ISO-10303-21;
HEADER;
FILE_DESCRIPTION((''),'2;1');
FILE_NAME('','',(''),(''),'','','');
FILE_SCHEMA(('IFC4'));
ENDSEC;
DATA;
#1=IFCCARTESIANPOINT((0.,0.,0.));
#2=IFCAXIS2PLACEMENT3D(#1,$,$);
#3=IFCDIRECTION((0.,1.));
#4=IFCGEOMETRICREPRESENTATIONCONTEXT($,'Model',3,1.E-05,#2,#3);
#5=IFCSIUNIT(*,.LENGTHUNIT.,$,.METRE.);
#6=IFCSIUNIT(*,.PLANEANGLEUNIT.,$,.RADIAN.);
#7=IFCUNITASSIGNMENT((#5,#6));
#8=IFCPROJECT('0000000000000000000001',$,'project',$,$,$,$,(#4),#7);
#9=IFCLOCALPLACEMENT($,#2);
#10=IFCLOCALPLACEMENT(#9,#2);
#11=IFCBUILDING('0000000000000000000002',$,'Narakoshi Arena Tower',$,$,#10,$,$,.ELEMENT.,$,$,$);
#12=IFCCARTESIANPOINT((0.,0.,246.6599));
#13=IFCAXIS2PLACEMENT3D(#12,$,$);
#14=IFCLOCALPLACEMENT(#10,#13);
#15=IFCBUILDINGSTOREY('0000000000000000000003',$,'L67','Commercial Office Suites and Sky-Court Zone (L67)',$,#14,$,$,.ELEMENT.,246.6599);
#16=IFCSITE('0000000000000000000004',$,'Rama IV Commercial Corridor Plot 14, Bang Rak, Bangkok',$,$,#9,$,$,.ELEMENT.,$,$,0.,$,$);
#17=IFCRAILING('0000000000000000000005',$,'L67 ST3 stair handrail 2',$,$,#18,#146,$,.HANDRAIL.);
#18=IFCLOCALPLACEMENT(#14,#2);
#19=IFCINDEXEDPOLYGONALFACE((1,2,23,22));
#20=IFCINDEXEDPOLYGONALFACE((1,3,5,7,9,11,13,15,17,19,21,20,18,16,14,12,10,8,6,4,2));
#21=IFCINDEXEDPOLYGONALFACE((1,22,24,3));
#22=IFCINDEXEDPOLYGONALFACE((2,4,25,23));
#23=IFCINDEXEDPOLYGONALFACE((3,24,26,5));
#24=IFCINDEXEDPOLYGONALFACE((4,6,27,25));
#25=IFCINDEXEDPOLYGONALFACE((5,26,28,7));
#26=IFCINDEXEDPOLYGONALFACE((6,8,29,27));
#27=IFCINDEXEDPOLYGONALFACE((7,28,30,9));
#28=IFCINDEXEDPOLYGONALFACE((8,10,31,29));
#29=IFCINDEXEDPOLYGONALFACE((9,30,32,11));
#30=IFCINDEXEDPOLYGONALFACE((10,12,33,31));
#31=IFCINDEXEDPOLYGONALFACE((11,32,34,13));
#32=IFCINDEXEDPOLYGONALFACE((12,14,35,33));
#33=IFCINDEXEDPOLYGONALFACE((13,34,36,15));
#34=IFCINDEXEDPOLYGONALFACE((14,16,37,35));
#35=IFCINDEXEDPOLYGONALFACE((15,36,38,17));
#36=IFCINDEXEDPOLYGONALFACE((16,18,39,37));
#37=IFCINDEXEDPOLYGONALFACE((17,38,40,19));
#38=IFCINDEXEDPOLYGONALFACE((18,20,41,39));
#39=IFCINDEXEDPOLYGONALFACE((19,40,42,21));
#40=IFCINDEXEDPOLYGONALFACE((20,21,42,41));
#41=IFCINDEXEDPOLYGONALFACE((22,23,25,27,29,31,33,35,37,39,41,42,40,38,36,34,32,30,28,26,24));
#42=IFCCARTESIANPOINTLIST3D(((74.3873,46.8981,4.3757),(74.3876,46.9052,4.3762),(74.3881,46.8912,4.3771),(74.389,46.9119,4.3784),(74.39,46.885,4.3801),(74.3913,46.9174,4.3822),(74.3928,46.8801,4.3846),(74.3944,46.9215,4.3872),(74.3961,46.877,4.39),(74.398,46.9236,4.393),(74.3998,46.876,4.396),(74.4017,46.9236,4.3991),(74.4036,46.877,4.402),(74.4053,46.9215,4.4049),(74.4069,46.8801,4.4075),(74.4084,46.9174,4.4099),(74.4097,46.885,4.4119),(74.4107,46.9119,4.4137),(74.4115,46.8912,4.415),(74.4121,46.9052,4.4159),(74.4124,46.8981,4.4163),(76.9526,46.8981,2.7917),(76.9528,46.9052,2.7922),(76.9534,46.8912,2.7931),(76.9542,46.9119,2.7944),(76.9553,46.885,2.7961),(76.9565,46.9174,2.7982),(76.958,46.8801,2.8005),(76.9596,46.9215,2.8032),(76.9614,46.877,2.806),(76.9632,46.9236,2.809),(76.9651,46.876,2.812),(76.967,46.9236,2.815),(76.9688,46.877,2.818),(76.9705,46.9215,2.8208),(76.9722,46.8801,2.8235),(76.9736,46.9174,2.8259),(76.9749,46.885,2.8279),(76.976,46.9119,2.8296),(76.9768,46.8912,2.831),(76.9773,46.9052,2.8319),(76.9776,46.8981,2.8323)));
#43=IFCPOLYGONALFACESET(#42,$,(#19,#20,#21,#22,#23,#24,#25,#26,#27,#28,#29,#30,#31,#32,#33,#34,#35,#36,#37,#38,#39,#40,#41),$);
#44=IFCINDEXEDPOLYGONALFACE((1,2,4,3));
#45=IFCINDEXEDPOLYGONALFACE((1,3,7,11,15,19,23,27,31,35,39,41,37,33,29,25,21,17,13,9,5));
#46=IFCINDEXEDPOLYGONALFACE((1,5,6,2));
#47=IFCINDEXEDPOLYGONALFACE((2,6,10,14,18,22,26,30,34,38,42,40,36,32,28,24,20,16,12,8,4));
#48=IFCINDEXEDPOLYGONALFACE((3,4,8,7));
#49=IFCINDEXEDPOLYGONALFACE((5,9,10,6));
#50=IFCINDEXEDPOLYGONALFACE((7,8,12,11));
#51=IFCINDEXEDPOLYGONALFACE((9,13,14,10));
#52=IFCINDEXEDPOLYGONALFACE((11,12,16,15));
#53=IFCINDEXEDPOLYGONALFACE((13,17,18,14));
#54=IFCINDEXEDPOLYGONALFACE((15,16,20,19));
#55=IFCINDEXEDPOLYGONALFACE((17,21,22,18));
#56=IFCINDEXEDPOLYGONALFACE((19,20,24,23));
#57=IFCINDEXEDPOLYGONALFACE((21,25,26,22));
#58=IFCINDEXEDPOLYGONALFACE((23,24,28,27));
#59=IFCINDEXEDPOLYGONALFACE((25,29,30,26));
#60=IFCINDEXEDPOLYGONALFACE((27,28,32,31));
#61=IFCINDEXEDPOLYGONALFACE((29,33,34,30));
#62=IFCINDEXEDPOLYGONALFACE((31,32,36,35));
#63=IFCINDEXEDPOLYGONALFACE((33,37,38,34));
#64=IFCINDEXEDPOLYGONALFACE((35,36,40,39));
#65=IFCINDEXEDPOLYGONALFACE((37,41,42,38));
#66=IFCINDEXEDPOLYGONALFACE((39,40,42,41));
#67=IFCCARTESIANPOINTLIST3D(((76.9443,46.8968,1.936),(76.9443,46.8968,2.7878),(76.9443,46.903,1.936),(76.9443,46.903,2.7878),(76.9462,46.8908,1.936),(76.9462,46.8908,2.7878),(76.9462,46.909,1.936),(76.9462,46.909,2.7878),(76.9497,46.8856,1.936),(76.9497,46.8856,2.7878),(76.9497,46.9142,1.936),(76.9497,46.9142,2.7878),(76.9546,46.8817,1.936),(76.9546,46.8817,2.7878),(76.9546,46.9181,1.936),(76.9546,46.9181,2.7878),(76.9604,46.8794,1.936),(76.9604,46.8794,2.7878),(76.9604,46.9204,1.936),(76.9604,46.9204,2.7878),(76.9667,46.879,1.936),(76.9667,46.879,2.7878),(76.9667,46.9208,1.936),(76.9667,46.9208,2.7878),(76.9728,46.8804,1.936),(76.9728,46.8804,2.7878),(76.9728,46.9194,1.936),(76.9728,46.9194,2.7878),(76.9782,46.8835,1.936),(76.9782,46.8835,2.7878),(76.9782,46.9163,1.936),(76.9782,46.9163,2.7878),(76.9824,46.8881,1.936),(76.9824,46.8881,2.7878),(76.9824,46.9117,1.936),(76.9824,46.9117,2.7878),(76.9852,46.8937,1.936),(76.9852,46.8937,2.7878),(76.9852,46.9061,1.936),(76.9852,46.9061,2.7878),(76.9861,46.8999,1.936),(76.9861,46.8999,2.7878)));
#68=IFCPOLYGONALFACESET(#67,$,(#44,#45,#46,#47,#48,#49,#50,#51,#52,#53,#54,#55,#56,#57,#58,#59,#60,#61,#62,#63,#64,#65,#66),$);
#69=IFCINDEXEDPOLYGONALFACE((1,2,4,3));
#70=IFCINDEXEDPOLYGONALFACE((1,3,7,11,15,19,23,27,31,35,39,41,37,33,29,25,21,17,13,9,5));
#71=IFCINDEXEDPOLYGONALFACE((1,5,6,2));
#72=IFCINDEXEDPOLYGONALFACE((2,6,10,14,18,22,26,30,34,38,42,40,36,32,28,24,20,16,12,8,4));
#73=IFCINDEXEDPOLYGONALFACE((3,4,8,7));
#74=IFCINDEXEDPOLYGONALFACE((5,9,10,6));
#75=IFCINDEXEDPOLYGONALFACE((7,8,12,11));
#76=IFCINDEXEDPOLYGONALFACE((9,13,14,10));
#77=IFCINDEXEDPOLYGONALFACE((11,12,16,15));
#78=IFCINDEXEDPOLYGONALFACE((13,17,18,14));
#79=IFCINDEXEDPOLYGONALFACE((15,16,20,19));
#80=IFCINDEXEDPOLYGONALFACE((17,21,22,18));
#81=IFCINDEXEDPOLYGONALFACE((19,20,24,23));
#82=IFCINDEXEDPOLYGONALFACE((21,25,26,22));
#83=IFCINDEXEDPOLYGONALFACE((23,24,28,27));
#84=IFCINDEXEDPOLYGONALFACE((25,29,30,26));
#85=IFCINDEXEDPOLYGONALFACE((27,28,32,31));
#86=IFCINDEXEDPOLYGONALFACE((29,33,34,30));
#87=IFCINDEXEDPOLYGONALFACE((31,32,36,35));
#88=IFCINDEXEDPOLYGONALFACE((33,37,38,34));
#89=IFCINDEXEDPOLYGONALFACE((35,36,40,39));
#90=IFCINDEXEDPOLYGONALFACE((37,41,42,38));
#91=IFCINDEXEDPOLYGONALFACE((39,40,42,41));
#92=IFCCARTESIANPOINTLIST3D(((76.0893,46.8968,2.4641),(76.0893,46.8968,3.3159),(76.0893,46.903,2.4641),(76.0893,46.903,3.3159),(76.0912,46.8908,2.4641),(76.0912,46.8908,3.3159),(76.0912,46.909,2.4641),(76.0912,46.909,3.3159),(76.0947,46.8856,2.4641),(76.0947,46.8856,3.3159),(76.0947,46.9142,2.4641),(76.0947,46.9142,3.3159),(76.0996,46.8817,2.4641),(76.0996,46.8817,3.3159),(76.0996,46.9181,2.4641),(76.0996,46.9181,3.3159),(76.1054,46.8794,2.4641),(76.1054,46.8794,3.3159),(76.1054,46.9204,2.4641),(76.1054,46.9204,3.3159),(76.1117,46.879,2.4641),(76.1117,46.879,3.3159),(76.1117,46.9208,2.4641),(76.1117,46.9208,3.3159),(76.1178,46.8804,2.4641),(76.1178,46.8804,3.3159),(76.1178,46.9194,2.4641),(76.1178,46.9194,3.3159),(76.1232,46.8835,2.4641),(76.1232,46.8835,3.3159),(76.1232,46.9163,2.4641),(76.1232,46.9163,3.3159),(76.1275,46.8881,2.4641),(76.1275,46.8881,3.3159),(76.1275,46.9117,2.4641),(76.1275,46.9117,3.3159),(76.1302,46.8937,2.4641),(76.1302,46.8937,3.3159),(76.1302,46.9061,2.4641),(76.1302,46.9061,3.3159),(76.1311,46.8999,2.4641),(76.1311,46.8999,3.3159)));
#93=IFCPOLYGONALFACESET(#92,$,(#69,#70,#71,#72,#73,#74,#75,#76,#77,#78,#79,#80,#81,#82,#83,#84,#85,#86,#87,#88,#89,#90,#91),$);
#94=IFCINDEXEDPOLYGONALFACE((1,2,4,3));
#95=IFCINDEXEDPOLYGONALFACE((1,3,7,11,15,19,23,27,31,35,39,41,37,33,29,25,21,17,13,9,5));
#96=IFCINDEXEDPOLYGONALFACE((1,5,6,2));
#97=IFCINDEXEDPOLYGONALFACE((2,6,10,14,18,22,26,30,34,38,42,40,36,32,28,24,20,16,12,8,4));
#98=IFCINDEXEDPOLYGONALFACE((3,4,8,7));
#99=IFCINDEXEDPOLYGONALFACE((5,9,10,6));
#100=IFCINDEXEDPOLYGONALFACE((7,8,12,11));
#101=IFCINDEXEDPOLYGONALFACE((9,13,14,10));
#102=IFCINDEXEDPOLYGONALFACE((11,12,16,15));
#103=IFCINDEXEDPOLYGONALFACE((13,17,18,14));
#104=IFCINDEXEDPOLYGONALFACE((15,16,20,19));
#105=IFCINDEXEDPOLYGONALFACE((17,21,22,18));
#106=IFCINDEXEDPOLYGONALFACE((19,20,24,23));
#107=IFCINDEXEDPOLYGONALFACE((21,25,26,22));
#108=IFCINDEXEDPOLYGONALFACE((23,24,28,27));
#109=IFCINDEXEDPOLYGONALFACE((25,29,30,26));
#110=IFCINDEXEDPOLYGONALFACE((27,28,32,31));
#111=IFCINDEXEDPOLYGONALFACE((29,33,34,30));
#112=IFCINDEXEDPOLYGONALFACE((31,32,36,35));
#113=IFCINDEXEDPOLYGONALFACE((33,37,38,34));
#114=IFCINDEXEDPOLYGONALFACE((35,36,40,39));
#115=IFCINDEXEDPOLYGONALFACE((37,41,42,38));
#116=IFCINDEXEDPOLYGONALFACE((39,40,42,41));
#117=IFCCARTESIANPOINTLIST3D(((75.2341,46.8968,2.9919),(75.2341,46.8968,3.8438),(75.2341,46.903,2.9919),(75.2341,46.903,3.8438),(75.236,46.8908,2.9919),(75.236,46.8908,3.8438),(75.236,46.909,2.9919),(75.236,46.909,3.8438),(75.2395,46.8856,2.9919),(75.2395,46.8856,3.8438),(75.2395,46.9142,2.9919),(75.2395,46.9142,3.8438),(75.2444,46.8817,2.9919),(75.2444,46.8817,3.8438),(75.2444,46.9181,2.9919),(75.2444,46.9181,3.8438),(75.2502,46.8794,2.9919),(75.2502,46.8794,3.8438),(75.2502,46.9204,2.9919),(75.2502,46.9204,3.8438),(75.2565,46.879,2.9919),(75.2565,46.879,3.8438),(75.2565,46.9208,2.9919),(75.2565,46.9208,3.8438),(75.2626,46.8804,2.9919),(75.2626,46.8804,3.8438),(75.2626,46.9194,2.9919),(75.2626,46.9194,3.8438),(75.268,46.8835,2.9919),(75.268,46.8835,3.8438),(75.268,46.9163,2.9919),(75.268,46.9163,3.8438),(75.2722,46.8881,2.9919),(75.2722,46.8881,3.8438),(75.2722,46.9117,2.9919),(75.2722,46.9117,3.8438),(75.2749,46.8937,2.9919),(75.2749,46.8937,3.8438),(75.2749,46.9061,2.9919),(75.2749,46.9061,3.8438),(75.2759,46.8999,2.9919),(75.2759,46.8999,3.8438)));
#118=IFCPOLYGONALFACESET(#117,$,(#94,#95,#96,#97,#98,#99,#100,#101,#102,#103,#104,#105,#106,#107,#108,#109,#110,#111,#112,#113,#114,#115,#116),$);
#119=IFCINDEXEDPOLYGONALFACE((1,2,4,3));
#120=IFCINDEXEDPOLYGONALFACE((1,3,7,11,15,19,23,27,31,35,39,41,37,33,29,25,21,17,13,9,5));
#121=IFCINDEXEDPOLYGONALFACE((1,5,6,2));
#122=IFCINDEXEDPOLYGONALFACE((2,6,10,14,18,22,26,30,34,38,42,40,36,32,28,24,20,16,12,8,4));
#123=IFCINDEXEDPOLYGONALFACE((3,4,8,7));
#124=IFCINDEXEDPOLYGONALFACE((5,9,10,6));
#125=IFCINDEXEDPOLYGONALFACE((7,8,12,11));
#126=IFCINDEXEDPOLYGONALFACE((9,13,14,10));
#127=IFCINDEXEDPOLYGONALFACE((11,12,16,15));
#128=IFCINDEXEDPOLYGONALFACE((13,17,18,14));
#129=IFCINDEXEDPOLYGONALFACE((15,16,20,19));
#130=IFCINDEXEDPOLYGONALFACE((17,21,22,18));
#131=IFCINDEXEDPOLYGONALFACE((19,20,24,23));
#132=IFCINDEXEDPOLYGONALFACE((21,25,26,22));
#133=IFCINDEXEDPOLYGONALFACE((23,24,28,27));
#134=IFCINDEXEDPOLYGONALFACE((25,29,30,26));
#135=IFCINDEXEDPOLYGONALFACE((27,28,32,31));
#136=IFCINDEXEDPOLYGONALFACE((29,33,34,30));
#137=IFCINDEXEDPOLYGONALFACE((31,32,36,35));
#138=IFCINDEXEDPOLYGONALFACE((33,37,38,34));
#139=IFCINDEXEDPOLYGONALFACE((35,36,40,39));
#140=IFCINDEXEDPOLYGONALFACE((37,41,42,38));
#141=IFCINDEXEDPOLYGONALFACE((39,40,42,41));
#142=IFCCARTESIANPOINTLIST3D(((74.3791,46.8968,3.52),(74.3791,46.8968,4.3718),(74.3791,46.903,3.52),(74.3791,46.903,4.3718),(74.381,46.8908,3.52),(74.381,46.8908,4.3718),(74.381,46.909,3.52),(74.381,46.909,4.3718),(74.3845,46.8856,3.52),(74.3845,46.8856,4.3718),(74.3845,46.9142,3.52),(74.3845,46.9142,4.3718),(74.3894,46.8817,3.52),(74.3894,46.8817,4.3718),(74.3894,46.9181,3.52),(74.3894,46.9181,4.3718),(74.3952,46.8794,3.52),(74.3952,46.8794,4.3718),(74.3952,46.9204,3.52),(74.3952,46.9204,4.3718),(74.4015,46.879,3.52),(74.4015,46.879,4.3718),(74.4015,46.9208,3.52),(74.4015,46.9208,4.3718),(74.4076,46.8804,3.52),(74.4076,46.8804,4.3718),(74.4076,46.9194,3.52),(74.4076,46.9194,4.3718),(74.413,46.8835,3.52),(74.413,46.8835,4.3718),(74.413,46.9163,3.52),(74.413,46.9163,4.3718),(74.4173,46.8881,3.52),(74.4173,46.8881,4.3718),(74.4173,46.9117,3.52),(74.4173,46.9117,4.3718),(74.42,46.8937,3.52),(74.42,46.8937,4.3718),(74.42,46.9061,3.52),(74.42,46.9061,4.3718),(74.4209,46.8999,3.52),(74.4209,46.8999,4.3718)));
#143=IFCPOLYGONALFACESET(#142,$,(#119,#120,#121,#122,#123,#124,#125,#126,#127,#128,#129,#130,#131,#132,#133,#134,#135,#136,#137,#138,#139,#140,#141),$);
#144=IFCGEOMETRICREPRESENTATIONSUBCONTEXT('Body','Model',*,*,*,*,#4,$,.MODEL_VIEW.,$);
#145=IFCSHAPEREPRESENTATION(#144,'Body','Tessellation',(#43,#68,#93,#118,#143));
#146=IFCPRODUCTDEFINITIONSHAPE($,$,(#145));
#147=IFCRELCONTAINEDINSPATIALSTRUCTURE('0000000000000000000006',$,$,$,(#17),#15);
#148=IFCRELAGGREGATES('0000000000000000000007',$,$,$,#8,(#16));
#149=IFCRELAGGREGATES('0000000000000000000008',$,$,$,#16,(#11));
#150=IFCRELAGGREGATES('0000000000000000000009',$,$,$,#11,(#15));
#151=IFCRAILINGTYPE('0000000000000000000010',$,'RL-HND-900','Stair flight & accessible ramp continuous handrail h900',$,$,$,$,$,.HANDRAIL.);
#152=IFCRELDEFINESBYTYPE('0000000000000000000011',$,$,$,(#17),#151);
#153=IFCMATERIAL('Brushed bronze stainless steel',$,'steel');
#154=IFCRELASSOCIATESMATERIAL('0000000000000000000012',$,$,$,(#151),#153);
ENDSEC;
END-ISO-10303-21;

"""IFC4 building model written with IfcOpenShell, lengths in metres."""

from ifc_helpers import new_model, si_unit, direction, frame, origin, origin_2d, place, context, subcontext, project, spatial, circle, extrude, material, type_object, element, save


model = new_model("IFC4")

# Units and contexts
model_context = context("Model", 3, precision=1e-05, world=origin(), true_north=direction((0.0, 1.0)))
body_context = subcontext(model_context, "Body", "Model", "MODEL_VIEW")
ifc_project = project(units=[si_unit("LENGTHUNIT", "METRE"), si_unit("PLANEANGLEUNIT", "RADIAN")], contexts=[model_context])

# Site, building, storey
site_placement = place(None, origin())
site = spatial("IfcSite", under=ifc_project, at=site_placement, Name="Rama IV Commercial Corridor Plot 14, Bang Rak, Bangkok", CompositionType="ELEMENT", RefElevation=0.0)
building_placement = place(site_placement, origin())
building = spatial("IfcBuilding", under=site, at=building_placement, Name="Narakoshi Arena Tower", CompositionType="ELEMENT")
storey_placement = place(building_placement, frame((0.0, 0.0, 246.6599)))
storey = spatial("IfcBuildingStorey", under=building, at=storey_placement, Name="L67", Description="Commercial Office Suites and Sky-Court Zone (L67)", CompositionType="ELEMENT", Elevation=246.6599)

# Shared definitions
ifc_material_1 = material(Name="Brushed bronze stainless steel", Category="steel")

# Railing
railing_type = type_object("IfcRailingType", Name="RL-HND-900", Description="Stair flight & accessible ramp continuous handrail h900", PredefinedType="HANDRAIL", material=ifc_material_1)
railing_placement = place(storey_placement, frame((76.9651, 46.8999, 1.936)))
element("IfcRailing", 1, at=railing_placement, inside=storey, type_object=railing_type, Name="L67 ST3 stair handrail 2", PredefinedType="HANDRAIL", context=body_context, shape_type="SweptSolid", body=[
    extrude(circle(Radius=0.0239, at=origin_2d()), frame((0.0, 0.0, 0.876), z_axis=(-0.850857, 0.0, 0.525398), x_axis=(0.0, -1.0, 0.0)), (0.0, 0.0, 1.0), 3.0149),
    extrude(circle(Radius=0.021, at=origin_2d()), origin(), (0.0, 0.0, 1.0), 0.8518),
    extrude(circle(Radius=0.021, at=origin_2d()), frame((-0.855, 0.0, 0.5281)), (0.0, 0.0, 1.0), 0.8518),
    extrude(circle(Radius=0.021, at=origin_2d()), frame((-1.7102, 0.0, 1.0559)), (0.0, 0.0, 1.0), 0.8518),
    extrude(circle(Radius=0.021, at=origin_2d()), frame((-2.5652, 0.0, 1.584)), (0.0, 0.0, 1.0), 0.8518),
])

save(model, "model.ifc")
